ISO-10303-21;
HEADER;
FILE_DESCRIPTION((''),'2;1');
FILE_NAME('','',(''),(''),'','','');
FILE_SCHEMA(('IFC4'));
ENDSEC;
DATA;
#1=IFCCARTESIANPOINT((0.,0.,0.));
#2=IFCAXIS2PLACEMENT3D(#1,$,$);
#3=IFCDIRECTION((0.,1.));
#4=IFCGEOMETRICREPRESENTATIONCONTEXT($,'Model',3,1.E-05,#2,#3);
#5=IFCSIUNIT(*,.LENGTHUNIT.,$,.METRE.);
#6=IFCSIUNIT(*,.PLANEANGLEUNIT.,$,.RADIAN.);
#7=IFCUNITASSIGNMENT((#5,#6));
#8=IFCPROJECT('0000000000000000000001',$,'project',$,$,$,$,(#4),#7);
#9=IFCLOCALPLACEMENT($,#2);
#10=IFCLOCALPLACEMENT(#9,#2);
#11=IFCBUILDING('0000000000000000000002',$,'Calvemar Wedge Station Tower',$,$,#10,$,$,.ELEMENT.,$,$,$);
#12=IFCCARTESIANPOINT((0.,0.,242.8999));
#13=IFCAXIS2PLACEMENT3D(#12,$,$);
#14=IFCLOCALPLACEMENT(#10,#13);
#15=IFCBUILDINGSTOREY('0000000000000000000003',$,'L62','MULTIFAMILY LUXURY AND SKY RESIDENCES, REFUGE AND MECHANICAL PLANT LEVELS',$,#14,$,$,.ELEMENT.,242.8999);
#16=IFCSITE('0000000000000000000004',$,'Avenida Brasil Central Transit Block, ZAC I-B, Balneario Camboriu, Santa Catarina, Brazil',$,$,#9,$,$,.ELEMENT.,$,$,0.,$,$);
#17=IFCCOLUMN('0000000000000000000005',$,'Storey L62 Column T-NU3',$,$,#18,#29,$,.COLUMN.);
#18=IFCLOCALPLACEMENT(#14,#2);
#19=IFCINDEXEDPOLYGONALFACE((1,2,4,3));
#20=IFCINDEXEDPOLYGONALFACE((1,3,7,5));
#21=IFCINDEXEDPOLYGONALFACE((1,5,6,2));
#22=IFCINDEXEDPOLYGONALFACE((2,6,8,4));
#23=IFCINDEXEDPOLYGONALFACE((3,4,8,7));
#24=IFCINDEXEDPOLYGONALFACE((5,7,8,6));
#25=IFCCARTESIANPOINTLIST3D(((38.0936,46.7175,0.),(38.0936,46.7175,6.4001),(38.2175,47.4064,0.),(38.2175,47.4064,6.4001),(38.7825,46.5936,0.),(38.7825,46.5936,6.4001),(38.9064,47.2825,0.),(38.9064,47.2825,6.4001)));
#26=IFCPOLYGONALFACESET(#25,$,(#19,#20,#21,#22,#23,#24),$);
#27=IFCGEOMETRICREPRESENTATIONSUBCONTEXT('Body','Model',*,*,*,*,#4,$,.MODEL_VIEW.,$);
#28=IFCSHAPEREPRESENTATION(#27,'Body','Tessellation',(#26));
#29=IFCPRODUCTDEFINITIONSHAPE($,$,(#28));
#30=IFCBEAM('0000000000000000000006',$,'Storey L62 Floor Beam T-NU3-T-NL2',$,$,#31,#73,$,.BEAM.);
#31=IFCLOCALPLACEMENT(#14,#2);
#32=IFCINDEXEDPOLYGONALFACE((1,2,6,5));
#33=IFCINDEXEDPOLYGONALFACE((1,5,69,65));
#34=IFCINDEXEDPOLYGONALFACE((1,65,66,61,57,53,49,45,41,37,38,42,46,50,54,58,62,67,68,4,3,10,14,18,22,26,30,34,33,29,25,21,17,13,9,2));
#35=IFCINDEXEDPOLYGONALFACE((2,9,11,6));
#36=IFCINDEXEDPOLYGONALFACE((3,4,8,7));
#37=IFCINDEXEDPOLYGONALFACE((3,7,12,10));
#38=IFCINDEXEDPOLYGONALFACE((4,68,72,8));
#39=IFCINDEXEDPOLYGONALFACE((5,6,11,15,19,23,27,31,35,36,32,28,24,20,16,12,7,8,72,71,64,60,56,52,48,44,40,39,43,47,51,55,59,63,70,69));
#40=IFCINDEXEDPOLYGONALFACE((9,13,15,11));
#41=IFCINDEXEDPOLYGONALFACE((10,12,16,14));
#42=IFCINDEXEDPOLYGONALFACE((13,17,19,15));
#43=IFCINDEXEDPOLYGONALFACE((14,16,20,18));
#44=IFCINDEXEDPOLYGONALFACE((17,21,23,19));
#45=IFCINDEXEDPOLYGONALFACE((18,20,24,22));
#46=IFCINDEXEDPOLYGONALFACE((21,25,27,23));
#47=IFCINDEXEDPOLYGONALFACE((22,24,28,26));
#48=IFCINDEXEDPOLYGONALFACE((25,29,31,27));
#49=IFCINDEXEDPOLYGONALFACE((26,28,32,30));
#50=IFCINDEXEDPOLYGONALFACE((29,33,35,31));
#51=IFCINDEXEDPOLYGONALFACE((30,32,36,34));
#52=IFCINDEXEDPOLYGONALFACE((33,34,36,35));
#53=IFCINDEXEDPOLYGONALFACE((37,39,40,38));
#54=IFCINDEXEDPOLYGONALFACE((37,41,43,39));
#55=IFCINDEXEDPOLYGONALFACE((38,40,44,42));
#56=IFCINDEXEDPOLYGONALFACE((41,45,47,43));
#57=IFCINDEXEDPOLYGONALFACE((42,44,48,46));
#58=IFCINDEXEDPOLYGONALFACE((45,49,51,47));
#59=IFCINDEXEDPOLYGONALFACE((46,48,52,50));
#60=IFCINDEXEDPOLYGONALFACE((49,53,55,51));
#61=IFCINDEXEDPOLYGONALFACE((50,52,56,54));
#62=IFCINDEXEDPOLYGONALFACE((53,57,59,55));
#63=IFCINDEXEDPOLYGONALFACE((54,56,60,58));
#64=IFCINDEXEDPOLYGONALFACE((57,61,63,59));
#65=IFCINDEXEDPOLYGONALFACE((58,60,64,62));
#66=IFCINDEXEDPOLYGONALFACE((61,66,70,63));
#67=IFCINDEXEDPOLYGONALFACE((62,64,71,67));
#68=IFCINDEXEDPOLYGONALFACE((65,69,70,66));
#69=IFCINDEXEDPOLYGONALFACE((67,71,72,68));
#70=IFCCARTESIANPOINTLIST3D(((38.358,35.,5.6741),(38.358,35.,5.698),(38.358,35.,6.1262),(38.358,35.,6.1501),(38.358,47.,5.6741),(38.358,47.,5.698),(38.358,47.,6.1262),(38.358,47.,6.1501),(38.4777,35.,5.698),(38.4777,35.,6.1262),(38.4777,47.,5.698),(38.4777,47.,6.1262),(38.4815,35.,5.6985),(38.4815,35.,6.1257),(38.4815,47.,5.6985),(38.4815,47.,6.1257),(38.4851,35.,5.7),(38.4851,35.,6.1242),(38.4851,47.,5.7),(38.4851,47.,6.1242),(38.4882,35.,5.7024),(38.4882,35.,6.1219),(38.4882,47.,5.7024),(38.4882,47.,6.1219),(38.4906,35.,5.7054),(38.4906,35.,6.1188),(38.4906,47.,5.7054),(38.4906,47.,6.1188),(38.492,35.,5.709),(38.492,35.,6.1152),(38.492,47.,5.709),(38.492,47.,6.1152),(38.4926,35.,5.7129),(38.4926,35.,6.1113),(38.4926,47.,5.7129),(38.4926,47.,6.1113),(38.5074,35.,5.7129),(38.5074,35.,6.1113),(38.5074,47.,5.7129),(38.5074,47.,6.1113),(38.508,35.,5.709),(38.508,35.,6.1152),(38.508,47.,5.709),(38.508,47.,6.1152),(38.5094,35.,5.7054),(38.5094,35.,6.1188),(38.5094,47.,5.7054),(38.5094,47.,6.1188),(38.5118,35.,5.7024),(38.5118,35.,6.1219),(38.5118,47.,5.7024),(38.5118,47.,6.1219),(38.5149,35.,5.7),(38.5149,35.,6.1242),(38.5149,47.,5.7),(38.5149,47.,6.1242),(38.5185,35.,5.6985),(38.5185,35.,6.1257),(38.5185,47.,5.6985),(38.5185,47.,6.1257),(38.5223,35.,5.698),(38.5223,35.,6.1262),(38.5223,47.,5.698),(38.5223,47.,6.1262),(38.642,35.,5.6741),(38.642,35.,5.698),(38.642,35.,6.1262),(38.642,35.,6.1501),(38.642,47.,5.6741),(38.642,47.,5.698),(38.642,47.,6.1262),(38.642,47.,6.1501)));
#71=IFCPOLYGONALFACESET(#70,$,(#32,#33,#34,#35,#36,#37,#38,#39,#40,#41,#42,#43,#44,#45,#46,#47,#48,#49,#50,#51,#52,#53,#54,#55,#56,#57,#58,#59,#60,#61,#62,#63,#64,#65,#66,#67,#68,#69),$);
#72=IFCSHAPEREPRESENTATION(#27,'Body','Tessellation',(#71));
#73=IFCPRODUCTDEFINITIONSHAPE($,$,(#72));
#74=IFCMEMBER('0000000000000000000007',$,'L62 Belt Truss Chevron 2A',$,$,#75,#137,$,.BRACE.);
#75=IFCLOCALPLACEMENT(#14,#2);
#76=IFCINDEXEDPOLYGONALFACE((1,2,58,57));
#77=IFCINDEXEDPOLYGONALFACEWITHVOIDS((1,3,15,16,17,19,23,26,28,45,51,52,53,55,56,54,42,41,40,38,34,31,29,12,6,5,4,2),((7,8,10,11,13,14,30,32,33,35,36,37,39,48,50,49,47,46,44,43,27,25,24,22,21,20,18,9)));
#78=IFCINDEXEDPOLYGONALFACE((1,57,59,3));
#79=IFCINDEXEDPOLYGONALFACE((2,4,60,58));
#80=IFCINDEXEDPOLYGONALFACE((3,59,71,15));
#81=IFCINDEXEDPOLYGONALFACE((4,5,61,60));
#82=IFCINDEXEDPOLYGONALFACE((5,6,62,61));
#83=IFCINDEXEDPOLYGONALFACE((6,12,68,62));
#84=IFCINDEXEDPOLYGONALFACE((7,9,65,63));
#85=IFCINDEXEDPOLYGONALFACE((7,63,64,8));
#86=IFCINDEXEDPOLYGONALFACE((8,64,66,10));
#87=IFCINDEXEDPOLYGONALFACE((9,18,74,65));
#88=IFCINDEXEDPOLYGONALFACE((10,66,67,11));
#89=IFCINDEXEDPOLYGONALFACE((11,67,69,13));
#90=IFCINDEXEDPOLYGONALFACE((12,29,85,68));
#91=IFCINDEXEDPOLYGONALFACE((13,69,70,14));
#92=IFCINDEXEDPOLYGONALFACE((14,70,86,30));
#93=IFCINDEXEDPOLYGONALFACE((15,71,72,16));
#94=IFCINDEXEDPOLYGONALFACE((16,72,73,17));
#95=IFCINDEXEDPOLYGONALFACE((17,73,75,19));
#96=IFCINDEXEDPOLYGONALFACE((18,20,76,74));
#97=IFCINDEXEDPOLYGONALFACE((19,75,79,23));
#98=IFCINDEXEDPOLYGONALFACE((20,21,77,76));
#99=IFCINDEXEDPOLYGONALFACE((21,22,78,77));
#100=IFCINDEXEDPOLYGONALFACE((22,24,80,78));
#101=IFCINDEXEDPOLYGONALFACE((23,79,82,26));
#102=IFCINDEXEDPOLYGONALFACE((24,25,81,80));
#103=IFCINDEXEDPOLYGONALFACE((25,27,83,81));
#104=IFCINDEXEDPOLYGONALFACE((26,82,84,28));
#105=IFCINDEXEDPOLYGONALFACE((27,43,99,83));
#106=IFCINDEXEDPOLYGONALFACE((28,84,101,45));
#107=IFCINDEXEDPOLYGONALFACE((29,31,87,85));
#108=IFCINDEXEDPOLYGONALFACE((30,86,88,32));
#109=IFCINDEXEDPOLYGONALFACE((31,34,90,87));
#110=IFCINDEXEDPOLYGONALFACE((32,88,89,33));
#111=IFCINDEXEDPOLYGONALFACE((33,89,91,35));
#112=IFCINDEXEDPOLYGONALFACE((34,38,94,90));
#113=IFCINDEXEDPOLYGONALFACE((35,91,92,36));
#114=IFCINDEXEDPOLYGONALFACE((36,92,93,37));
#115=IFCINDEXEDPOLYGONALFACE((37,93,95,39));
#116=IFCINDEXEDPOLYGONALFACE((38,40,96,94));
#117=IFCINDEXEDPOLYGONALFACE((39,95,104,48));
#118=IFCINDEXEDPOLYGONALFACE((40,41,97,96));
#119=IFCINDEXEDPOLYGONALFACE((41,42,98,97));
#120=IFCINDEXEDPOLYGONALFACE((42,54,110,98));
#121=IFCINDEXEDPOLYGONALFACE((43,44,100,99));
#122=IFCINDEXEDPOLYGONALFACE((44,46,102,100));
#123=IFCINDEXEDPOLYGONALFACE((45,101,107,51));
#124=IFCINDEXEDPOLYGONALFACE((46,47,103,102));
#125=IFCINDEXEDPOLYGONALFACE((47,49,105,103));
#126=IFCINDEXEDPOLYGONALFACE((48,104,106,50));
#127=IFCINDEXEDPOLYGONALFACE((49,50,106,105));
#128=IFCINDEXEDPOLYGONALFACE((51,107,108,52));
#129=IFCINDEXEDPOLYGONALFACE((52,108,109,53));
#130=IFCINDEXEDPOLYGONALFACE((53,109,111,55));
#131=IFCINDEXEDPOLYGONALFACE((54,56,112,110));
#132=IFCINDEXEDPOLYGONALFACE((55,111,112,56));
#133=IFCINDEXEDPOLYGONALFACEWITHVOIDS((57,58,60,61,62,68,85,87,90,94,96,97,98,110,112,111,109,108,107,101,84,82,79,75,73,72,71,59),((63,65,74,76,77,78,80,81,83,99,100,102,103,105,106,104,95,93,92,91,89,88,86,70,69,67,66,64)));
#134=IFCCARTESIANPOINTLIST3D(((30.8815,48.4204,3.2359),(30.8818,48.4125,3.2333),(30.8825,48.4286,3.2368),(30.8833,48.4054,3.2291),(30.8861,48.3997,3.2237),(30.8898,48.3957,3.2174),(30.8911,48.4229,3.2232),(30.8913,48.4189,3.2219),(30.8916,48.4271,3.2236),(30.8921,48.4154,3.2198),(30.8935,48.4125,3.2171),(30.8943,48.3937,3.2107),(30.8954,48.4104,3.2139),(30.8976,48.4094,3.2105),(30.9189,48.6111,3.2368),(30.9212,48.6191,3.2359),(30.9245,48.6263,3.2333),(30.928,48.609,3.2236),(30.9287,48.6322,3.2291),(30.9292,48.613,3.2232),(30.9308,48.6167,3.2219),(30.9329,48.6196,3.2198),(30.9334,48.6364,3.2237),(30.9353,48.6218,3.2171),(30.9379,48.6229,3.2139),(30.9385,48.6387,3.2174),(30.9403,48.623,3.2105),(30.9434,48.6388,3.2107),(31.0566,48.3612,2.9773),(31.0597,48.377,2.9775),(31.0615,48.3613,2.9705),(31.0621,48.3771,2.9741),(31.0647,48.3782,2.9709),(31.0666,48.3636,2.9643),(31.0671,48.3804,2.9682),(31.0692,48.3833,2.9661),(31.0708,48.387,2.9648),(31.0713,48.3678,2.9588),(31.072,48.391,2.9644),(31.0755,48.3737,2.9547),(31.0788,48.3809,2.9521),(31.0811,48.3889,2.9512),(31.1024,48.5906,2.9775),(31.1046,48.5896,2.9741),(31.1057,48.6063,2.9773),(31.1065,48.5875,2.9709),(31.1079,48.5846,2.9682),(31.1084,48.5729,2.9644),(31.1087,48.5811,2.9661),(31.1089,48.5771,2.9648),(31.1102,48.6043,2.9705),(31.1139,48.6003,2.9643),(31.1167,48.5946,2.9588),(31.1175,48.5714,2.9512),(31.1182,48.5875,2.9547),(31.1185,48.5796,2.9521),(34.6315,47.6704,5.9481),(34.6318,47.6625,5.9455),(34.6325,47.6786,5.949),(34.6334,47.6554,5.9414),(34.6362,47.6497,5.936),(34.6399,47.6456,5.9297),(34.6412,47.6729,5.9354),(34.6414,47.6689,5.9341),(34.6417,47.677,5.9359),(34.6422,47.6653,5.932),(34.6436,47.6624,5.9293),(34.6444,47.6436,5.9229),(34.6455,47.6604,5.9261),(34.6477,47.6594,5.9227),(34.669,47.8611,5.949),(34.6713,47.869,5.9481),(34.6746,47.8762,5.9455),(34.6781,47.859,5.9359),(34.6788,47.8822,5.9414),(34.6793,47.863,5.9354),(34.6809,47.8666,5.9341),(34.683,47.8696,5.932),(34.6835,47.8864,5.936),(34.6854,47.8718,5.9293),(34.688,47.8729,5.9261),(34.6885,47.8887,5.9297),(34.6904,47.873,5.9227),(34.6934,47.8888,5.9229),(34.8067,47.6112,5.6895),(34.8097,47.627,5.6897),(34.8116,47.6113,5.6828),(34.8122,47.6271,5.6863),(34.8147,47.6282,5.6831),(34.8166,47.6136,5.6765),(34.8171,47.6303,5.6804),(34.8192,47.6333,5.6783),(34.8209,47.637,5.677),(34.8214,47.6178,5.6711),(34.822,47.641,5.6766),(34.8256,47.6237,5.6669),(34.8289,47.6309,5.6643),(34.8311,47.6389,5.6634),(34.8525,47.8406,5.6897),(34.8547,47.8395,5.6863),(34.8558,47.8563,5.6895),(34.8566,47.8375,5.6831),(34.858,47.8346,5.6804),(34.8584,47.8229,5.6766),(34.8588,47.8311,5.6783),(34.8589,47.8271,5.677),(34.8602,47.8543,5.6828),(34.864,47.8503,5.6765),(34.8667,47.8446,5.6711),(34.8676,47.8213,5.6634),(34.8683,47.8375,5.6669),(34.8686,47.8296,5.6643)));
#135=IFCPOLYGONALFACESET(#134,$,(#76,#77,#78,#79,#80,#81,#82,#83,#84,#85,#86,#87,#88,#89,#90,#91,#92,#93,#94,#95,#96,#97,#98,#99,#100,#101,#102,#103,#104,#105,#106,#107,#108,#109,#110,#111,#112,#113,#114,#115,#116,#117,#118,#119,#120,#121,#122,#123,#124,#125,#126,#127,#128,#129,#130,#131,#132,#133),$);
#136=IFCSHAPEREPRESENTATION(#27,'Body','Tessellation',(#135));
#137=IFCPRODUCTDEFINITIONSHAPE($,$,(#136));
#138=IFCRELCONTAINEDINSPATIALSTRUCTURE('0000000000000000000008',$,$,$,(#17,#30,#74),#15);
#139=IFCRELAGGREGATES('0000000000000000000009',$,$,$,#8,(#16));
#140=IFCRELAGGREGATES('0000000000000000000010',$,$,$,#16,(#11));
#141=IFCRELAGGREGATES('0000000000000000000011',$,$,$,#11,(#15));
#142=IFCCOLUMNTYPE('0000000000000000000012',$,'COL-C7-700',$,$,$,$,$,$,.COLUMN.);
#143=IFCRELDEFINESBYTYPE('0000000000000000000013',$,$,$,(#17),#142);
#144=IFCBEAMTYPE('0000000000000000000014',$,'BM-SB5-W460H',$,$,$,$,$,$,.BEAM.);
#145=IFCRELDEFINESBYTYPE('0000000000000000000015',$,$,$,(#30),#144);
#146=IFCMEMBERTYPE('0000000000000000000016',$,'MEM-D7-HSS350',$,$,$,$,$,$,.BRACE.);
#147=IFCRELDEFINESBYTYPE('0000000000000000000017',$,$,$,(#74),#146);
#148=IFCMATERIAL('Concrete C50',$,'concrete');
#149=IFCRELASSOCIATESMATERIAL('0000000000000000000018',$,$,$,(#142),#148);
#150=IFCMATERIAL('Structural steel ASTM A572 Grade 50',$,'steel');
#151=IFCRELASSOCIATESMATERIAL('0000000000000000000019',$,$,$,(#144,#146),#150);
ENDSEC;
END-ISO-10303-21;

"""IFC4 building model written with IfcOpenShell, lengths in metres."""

from ifc_helpers import new_model, si_unit, direction, frame, origin, origin_2d, place, context, subcontext, project, spatial, rectangle, hollow_rectangle, i_section, extrude, source, transform, mapped, material, material_profile, profile_set, type_object, element, save


model = new_model("IFC4")

# Units and contexts
model_context = context("Model", 3, precision=1e-05, world=origin(), true_north=direction((0.0, 1.0)))
body_context = subcontext(model_context, "Body", "Model", "MODEL_VIEW")
ifc_project = project(units=[si_unit("LENGTHUNIT", "METRE"), si_unit("PLANEANGLEUNIT", "RADIAN")], contexts=[model_context])

# Site, building, storey
site_placement = place(None, origin())
site = spatial("IfcSite", under=ifc_project, at=site_placement, Name="Avenida Brasil Central Transit Block, ZAC I-B, Balneario Camboriu, Santa Catarina, Brazil", CompositionType="ELEMENT", RefElevation=0.0)
building_placement = place(site_placement, origin())
building = spatial("IfcBuilding", under=site, at=building_placement, Name="Calvemar Wedge Station Tower", CompositionType="ELEMENT")
storey_placement = place(building_placement, frame((0.0, 0.0, 242.8999)))
storey = spatial("IfcBuildingStorey", under=building, at=storey_placement, Name="L62", Description="MULTIFAMILY LUXURY AND SKY RESIDENCES, REFUGE AND MECHANICAL PLANT LEVELS", CompositionType="ELEMENT", Elevation=242.8999)

# Column
ifc_material_1 = material(Name="Concrete C50", Category="concrete")
ifc_material_profile_1 = material_profile(ifc_material_1, rectangle(XDim=0.7, YDim=0.7, at=origin_2d()), Name="RC700x700")
ifc_profile_set_1 = profile_set([ifc_material_profile_1], Name="Concrete C50")
column_type = type_object("IfcColumnType", Name="COL-C7-700", PredefinedType="COLUMN", material=ifc_profile_set_1)
shared_shape_1 = source(origin(), body_context, "Body", "SweptSolid", [
    extrude(rectangle(XDim=0.7, YDim=0.7, at=origin_2d()), origin(), (0.0, 0.0, 1.0), 6.4001),
])
column_placement = place(storey_placement, frame((38.5, 47.0, 0.0), z_axis=(0.0, 0.0, 1.0), x_axis=(0.984196, -0.177085, 0.0)))
element("IfcColumn", 1, at=column_placement, inside=storey, type_object=column_type, Name="Storey L62 Column T-NU3", PredefinedType="COLUMN", context=body_context, shape_type="MappedRepresentation", body=[
    mapped(shared_shape_1, transform((0.0, 0.0, 0.0), scale=1.0)),
])

# Beam
ifc_material_2 = material(Name="Structural steel ASTM A572 Grade 50", Category="steel")
ifc_material_profile_2 = material_profile(ifc_material_2, i_section(OverallWidth=0.2839, OverallDepth=0.4761, WebThickness=0.0149, FlangeThickness=0.0239, FilletRadius=0.0149, at=origin_2d()), Name="W460x158")
ifc_profile_set_2 = profile_set([ifc_material_profile_2], Name="Structural steel ASTM A572 Grade 50")
beam_type = type_object("IfcBeamType", Name="BM-SB5-W460H", PredefinedType="BEAM", material=ifc_profile_set_2)
shared_shape_2 = source(origin(), body_context, "Body", "SweptSolid", [
    extrude(i_section(OverallWidth=0.2839, OverallDepth=0.4761, WebThickness=0.0149, FlangeThickness=0.0239, FilletRadius=0.0149, at=origin_2d()), origin(), (0.0, 0.0, 1.0), 12.0),
])
beam_placement = place(storey_placement, frame((38.5, 47.0, 5.9121), z_axis=(0.0, -1.0, 0.0), x_axis=(1.0, 0.0, 0.0)))
element("IfcBeam", 2, at=beam_placement, inside=storey, type_object=beam_type, Name="Storey L62 Floor Beam T-NU3-T-NL2", PredefinedType="BEAM", context=body_context, shape_type="MappedRepresentation", body=[
    mapped(shared_shape_2, transform((0.0, 0.0, 0.0), scale=1.0)),
])

# Member
ifc_material_profile_3 = material_profile(ifc_material_2, hollow_rectangle(XDim=0.25, YDim=0.3501, WallThickness=0.0161, InnerFilletRadius=0.0161, OuterFilletRadius=0.032, at=origin_2d()), Name="HSS350x250x16")
ifc_profile_set_3 = profile_set([ifc_material_profile_3], Name="Structural steel ASTM A572 Grade 50")
member_type = type_object("IfcMemberType", Name="MEM-D7-HSS350", PredefinedType="BRACE", material=ifc_profile_set_3)
shared_shape_3 = source(origin(), body_context, "Body", "SweptSolid", [
    extrude(hollow_rectangle(XDim=0.25, YDim=0.3501, WallThickness=0.0161, InnerFilletRadius=0.0161, OuterFilletRadius=0.032, at=origin_2d()), origin(), (0.0, 0.0, 1.0), 4.6885),
])
for number, where, z_axis, x_axis, name in (
    (3, (31.0, 48.5, 3.094), (0.799852, -0.15997, 0.578487), (0.196116, 0.980581, 0.0), "L62 Belt Truss Chevron 2A"),
):
    element("IfcMember", number, at=place(storey_placement, frame(where, z_axis=z_axis, x_axis=x_axis)), inside=storey, type_object=member_type, Name=name, PredefinedType="BRACE", context=body_context, shape_type="MappedRepresentation", body=[
        mapped(shared_shape_3, transform((0.0, 0.0, 0.0), scale=1.0)),
    ])

save(model, "model.ifc")
